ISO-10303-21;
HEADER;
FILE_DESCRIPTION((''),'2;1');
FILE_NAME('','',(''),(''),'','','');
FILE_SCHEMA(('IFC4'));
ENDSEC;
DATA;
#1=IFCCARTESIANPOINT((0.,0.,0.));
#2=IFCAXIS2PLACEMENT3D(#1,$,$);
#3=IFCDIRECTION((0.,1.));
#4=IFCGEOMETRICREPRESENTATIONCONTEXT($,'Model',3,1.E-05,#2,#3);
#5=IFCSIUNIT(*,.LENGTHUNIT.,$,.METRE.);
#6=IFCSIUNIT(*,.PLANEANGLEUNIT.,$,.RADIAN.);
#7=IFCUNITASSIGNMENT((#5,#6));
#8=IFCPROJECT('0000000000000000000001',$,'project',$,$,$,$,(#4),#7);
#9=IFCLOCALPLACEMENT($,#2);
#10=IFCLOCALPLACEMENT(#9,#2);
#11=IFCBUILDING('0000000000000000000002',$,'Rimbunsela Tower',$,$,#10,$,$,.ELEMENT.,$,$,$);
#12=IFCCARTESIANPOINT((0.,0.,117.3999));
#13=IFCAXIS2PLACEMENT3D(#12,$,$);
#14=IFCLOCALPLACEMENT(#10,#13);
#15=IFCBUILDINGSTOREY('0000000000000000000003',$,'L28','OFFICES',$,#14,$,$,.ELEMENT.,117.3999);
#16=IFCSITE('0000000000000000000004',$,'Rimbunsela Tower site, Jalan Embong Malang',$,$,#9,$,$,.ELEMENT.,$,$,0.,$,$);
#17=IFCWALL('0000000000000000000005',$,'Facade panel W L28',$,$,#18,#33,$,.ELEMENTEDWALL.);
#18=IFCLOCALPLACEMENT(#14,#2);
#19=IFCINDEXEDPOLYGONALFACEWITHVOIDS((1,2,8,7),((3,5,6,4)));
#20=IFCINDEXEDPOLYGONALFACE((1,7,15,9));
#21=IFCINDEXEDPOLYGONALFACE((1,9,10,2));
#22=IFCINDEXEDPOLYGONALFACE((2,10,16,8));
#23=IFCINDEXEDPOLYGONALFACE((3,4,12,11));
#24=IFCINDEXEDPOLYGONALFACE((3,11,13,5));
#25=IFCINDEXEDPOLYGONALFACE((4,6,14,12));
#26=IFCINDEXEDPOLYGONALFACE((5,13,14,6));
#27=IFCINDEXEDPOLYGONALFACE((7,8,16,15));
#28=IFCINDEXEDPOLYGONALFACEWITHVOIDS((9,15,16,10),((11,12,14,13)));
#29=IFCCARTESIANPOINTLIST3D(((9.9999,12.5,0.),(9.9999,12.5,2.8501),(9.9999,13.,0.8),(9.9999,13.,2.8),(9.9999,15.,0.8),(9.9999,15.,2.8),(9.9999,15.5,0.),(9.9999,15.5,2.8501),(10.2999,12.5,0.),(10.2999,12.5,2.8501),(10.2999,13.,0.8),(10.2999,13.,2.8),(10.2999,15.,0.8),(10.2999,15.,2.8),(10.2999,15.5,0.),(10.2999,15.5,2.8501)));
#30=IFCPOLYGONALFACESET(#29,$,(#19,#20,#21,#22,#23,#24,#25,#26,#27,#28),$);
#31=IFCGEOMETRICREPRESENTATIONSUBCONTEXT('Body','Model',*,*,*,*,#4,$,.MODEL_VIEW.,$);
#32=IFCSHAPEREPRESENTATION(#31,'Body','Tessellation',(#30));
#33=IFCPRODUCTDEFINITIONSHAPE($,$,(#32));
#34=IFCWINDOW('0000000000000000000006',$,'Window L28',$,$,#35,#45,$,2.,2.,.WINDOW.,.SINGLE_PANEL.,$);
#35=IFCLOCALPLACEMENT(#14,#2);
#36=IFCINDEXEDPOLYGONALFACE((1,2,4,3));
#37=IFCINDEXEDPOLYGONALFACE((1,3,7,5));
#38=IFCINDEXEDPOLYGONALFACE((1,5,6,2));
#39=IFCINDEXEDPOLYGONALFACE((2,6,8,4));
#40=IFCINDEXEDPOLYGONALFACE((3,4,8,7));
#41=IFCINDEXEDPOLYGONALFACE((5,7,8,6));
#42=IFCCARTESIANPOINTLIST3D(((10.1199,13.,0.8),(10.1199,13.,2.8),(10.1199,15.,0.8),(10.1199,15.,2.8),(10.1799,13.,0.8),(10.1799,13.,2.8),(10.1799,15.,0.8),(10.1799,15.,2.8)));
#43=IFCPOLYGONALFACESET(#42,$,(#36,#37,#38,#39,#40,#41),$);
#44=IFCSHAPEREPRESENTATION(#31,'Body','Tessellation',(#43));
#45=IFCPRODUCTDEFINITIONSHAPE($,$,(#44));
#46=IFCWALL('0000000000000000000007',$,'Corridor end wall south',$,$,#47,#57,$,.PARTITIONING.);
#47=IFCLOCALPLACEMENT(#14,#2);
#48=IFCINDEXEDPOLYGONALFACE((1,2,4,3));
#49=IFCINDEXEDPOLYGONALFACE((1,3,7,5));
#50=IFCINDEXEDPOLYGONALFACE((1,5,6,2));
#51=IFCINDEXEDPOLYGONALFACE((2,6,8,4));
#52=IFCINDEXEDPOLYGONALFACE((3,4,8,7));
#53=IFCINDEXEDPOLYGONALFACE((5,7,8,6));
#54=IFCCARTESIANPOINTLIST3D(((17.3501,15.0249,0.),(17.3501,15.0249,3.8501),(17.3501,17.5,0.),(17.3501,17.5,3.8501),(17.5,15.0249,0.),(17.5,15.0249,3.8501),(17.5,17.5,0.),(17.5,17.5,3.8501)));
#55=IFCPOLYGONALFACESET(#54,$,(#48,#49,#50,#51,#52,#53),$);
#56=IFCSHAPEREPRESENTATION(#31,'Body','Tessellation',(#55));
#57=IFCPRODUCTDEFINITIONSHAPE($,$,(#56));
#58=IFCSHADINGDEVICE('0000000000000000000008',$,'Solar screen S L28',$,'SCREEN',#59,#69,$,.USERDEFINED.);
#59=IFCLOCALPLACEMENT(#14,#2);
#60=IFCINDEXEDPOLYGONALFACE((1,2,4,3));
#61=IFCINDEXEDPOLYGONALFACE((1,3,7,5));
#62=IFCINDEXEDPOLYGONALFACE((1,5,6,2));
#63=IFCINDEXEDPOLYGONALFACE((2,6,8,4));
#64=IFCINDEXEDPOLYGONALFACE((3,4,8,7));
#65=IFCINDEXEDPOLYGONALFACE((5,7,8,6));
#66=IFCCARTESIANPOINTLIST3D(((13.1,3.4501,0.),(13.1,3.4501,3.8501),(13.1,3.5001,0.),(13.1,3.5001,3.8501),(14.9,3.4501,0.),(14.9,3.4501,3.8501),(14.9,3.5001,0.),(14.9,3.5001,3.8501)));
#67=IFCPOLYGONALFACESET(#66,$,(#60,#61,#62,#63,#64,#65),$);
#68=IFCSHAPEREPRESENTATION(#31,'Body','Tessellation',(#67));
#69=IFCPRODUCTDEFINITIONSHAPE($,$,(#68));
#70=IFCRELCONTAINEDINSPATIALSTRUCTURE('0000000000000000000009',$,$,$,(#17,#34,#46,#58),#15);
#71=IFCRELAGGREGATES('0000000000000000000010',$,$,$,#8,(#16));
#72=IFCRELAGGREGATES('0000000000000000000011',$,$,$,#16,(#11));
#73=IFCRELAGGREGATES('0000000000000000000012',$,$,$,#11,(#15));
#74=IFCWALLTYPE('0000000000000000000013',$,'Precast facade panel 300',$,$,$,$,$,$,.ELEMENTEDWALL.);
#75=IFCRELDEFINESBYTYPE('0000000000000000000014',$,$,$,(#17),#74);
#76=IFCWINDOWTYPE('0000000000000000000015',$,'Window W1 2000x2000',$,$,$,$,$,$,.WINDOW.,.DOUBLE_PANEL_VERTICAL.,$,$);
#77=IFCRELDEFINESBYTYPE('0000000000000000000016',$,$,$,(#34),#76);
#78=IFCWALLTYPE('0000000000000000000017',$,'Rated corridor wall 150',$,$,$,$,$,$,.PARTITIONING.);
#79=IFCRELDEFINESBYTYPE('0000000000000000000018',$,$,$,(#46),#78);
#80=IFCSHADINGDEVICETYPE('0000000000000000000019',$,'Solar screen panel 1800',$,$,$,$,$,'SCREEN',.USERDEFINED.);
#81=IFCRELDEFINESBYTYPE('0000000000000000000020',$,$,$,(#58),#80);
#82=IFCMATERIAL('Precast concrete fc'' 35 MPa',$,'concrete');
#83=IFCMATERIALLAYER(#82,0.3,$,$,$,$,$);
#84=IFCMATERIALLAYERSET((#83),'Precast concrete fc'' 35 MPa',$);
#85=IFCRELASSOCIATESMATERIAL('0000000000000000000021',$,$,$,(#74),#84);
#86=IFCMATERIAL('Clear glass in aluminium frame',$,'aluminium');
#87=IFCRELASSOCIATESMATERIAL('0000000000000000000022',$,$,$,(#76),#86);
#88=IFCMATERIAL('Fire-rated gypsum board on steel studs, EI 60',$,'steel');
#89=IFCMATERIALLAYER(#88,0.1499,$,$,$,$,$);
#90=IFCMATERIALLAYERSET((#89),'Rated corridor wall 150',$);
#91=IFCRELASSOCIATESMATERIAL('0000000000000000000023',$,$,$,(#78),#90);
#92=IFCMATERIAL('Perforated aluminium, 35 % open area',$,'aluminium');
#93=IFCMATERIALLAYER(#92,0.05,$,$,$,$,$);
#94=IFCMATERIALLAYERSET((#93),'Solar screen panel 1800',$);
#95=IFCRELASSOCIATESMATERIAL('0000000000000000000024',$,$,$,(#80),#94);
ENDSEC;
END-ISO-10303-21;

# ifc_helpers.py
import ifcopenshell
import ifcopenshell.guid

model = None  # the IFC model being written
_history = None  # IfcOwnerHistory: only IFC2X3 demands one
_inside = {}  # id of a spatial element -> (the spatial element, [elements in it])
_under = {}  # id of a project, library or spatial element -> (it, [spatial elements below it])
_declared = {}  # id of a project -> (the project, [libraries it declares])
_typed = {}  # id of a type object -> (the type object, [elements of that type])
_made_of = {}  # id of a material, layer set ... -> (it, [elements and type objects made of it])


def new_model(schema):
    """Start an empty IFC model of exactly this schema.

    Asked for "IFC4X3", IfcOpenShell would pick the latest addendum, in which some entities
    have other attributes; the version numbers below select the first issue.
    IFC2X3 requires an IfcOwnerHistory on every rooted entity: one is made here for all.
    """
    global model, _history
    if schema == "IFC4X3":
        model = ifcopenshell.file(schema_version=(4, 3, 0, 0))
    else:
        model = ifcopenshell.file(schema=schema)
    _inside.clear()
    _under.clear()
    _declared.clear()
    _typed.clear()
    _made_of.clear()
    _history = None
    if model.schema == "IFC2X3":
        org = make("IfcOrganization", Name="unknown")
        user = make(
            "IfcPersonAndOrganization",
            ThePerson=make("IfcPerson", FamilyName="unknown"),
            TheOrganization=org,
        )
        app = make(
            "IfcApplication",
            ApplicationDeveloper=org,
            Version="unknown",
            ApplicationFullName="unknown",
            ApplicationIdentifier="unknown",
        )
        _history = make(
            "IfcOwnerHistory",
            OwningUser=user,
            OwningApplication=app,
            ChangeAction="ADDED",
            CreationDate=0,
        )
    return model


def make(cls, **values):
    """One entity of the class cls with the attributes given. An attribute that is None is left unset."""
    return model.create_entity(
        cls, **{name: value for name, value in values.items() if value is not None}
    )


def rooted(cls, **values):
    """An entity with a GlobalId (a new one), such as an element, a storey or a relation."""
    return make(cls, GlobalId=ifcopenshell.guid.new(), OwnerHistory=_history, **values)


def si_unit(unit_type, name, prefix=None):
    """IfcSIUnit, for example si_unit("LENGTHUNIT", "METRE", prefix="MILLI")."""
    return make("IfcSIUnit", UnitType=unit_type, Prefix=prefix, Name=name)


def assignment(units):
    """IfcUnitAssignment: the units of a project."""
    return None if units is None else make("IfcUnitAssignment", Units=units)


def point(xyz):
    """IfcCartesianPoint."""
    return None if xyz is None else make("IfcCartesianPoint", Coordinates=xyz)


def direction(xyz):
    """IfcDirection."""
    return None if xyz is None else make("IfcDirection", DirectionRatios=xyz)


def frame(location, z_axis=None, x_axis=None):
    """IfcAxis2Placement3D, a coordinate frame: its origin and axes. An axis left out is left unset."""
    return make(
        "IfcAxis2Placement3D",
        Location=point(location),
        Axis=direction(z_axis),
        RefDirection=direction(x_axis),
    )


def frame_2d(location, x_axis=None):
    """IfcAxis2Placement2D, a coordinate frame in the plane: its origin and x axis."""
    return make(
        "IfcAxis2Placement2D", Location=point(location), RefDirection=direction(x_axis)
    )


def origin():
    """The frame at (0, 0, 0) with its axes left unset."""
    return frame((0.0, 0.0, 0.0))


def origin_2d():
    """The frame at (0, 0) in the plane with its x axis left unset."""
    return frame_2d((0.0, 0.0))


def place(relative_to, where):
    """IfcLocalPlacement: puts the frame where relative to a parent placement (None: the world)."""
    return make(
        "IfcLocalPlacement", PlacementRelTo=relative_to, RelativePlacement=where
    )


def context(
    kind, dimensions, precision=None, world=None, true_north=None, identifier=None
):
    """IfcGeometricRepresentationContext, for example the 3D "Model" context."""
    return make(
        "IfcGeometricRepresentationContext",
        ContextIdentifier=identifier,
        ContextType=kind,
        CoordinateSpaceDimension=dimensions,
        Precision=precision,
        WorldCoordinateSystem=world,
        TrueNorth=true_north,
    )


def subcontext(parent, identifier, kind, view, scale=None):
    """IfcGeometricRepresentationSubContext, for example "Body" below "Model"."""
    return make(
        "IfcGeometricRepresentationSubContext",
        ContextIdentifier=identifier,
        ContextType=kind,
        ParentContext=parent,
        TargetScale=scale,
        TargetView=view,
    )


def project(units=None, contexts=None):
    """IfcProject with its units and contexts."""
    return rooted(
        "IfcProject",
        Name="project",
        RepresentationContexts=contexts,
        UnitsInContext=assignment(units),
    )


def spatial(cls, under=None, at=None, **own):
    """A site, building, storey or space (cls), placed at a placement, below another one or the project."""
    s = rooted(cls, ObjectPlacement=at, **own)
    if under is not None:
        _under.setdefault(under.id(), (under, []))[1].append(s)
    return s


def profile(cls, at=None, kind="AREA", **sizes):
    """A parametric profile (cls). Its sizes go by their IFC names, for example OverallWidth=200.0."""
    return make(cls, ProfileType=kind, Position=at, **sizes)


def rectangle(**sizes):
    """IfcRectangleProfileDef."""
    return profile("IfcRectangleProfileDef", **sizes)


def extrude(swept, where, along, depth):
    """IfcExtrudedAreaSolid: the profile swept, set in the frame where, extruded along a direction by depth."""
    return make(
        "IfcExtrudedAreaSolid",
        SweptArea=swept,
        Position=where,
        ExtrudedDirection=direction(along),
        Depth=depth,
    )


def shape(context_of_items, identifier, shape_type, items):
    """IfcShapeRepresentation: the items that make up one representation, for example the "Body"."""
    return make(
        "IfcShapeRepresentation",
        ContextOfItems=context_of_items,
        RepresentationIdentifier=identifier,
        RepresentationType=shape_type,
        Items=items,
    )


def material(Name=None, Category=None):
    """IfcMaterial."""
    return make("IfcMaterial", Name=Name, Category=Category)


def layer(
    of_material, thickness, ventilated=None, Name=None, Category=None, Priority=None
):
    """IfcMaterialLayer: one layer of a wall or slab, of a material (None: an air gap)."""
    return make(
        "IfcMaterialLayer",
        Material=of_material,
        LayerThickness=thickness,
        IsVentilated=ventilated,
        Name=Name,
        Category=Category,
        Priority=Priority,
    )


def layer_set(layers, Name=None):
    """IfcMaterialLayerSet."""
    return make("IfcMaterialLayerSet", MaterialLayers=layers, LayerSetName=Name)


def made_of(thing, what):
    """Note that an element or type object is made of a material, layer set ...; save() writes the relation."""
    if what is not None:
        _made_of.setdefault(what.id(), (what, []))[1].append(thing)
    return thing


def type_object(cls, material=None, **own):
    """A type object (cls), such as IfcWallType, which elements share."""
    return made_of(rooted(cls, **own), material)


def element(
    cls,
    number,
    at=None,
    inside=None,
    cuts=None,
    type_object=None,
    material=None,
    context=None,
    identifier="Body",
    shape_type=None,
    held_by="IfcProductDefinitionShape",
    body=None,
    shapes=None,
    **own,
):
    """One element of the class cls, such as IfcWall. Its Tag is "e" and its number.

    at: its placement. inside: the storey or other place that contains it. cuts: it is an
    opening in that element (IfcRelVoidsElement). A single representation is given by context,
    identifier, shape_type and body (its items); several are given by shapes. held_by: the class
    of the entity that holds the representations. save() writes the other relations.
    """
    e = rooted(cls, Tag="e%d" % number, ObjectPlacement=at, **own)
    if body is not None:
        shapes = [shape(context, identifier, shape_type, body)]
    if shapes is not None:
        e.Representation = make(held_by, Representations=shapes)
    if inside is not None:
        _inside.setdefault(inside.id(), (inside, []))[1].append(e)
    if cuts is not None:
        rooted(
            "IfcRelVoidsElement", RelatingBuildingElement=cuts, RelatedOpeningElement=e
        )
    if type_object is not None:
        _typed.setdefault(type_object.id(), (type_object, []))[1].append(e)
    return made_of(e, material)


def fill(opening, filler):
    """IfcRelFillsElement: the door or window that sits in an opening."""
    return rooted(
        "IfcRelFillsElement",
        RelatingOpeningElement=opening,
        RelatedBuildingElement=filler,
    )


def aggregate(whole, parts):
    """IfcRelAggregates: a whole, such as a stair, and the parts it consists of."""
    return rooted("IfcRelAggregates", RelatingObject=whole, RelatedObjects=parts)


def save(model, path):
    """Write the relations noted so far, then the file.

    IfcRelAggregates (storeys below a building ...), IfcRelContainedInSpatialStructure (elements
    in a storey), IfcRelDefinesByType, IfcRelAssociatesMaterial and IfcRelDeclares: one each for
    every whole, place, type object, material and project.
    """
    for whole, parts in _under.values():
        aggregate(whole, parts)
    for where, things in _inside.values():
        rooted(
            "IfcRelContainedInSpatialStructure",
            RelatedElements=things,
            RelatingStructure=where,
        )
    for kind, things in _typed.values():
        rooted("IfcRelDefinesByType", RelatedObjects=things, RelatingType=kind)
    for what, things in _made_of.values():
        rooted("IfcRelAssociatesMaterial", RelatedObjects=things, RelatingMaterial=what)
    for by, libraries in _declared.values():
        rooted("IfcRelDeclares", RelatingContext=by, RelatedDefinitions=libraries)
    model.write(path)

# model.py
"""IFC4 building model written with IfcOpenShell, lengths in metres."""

from ifc_helpers import new_model, si_unit, direction, frame, frame_2d, origin, origin_2d, place, context, subcontext, project, spatial, rectangle, extrude, material, layer, layer_set, type_object, element, fill, save


model = new_model("IFC4")

# Units and contexts
model_context = context("Model", 3, precision=1e-05, world=origin(), true_north=direction((0.0, 1.0)))
body_context = subcontext(model_context, "Body", "Model", "MODEL_VIEW")
ifc_project = project(units=[si_unit("LENGTHUNIT", "METRE"), si_unit("PLANEANGLEUNIT", "RADIAN")], contexts=[model_context])

# Site, building, storey
site_placement = place(None, origin())
site = spatial("IfcSite", under=ifc_project, at=site_placement, Name="Rimbunsela Tower site, Jalan Embong Malang", CompositionType="ELEMENT", RefElevation=0.0)
building_placement = place(site_placement, origin())
building = spatial("IfcBuilding", under=site, at=building_placement, Name="Rimbunsela Tower", CompositionType="ELEMENT")
storey_placement = place(building_placement, frame((0.0, 0.0, 117.3999)))
storey = spatial("IfcBuildingStorey", under=building, at=storey_placement, Name="L28", Description="OFFICES", CompositionType="ELEMENT", Elevation=117.3999)

# Shared definitions
ifc_material_1 = material(Name="Precast concrete fc' 35 MPa", Category="concrete")
ifc_layer_1 = layer(ifc_material_1, 0.3)
ifc_layer_set_1 = layer_set([ifc_layer_1], Name="Precast concrete fc' 35 MPa")
wall_type_1 = type_object("IfcWallType", Name="Precast facade panel 300", PredefinedType="ELEMENTEDWALL", material=ifc_layer_set_1)

# Shared definitions
ifc_material_2 = material(Name="Clear glass in aluminium frame", Category="aluminium")
window_type = type_object("IfcWindowType", Name="Window W1 2000x2000", PartitioningType="DOUBLE_PANEL_VERTICAL", PredefinedType="WINDOW", material=ifc_material_2)

# Wall, opening, window
wall_1_placement = place(storey_placement, frame((10.1499, 15.5, 0.0), z_axis=(0.0, 0.0, 1.0), x_axis=(0.0, -1.0, 0.0)))
wall_1 = element("IfcWall", 1, at=wall_1_placement, inside=storey, type_object=wall_type_1, Name="Facade panel W L28", PredefinedType="ELEMENTEDWALL", context=body_context, shape_type="SweptSolid", body=[
    extrude(rectangle(XDim=3.0, YDim=0.3, at=frame_2d((1.5, 0.0))), origin(), (0.0, 0.0, 1.0), 2.8501),
])
opening_1_placement = place(wall_1_placement, frame((0.5, 0.0, 0.8)))
opening_1 = element("IfcOpeningElement", 2, at=opening_1_placement, cuts=wall_1, PredefinedType="OPENING", context=body_context, shape_type="SweptSolid", body=[
    extrude(rectangle(XDim=2.0, YDim=2.0, at=frame_2d((1.0, 1.0))), frame((0.0, 0.1599, 0.0), z_axis=(0.0, -1.0, 0.0), x_axis=(1.0, 0.0, 0.0)), (0.0, 0.0, 1.0), 0.3201),
])
window_1_placement = place(opening_1_placement, origin())
window_1 = element("IfcWindow", 3, at=window_1_placement, inside=storey, type_object=window_type, Name="Window L28", OverallHeight=2.0, OverallWidth=2.0, PartitioningType="SINGLE_PANEL", PredefinedType="WINDOW", context=body_context, shape_type="SweptSolid", body=[
    extrude(rectangle(XDim=2.0, YDim=2.0, at=frame_2d((1.0, 1.0))), frame((0.0, 0.03, 0.0), z_axis=(0.0, -1.0, 0.0), x_axis=(1.0, 0.0, 0.0)), (0.0, 0.0, 1.0), 0.0601),
])
fill(opening_1, window_1)

# Wall
ifc_material_3 = material(Name="Fire-rated gypsum board on steel studs, EI 60", Category="steel")
ifc_layer_2 = layer(ifc_material_3, 0.1499)
ifc_layer_set_2 = layer_set([ifc_layer_2], Name="Rated corridor wall 150")
wall_type_2 = type_object("IfcWallType", Name="Rated corridor wall 150", PredefinedType="PARTITIONING", material=ifc_layer_set_2)
wall_2_placement = place(storey_placement, frame((17.425, 15.0249, 0.0), z_axis=(0.0, 0.0, 1.0), x_axis=(0.0, 1.0, 0.0)))
element("IfcWall", 4, at=wall_2_placement, inside=storey, type_object=wall_type_2, Name="Corridor end wall south", PredefinedType="PARTITIONING", context=body_context, shape_type="SweptSolid", body=[
    extrude(rectangle(XDim=2.4751, YDim=0.1499, at=frame_2d((1.2375, 0.0))), origin(), (0.0, 0.0, 1.0), 3.8501),
])

# Shading device
ifc_material_4 = material(Name="Perforated aluminium, 35 % open area", Category="aluminium")
ifc_layer_3 = layer(ifc_material_4, 0.05)
ifc_layer_set_3 = layer_set([ifc_layer_3], Name="Solar screen panel 1800")
shading_device_type = type_object("IfcShadingDeviceType", Name="Solar screen panel 1800", ElementType="SCREEN", PredefinedType="USERDEFINED", material=ifc_layer_set_3)
shading_device_placement = place(storey_placement, frame((14.0, 3.4751, 0.0), z_axis=(0.0, 0.0, 1.0), x_axis=(1.0, 0.0, 0.0)))
element("IfcShadingDevice", 5, at=shading_device_placement, inside=storey, type_object=shading_device_type, Name="Solar screen S L28", ObjectType="SCREEN", PredefinedType="USERDEFINED", context=body_context, shape_type="SweptSolid", body=[
    extrude(rectangle(XDim=1.8, YDim=0.05, at=origin_2d()), origin(), (0.0, 0.0, 1.0), 3.8501),
])

save(model, "model.ifc")
